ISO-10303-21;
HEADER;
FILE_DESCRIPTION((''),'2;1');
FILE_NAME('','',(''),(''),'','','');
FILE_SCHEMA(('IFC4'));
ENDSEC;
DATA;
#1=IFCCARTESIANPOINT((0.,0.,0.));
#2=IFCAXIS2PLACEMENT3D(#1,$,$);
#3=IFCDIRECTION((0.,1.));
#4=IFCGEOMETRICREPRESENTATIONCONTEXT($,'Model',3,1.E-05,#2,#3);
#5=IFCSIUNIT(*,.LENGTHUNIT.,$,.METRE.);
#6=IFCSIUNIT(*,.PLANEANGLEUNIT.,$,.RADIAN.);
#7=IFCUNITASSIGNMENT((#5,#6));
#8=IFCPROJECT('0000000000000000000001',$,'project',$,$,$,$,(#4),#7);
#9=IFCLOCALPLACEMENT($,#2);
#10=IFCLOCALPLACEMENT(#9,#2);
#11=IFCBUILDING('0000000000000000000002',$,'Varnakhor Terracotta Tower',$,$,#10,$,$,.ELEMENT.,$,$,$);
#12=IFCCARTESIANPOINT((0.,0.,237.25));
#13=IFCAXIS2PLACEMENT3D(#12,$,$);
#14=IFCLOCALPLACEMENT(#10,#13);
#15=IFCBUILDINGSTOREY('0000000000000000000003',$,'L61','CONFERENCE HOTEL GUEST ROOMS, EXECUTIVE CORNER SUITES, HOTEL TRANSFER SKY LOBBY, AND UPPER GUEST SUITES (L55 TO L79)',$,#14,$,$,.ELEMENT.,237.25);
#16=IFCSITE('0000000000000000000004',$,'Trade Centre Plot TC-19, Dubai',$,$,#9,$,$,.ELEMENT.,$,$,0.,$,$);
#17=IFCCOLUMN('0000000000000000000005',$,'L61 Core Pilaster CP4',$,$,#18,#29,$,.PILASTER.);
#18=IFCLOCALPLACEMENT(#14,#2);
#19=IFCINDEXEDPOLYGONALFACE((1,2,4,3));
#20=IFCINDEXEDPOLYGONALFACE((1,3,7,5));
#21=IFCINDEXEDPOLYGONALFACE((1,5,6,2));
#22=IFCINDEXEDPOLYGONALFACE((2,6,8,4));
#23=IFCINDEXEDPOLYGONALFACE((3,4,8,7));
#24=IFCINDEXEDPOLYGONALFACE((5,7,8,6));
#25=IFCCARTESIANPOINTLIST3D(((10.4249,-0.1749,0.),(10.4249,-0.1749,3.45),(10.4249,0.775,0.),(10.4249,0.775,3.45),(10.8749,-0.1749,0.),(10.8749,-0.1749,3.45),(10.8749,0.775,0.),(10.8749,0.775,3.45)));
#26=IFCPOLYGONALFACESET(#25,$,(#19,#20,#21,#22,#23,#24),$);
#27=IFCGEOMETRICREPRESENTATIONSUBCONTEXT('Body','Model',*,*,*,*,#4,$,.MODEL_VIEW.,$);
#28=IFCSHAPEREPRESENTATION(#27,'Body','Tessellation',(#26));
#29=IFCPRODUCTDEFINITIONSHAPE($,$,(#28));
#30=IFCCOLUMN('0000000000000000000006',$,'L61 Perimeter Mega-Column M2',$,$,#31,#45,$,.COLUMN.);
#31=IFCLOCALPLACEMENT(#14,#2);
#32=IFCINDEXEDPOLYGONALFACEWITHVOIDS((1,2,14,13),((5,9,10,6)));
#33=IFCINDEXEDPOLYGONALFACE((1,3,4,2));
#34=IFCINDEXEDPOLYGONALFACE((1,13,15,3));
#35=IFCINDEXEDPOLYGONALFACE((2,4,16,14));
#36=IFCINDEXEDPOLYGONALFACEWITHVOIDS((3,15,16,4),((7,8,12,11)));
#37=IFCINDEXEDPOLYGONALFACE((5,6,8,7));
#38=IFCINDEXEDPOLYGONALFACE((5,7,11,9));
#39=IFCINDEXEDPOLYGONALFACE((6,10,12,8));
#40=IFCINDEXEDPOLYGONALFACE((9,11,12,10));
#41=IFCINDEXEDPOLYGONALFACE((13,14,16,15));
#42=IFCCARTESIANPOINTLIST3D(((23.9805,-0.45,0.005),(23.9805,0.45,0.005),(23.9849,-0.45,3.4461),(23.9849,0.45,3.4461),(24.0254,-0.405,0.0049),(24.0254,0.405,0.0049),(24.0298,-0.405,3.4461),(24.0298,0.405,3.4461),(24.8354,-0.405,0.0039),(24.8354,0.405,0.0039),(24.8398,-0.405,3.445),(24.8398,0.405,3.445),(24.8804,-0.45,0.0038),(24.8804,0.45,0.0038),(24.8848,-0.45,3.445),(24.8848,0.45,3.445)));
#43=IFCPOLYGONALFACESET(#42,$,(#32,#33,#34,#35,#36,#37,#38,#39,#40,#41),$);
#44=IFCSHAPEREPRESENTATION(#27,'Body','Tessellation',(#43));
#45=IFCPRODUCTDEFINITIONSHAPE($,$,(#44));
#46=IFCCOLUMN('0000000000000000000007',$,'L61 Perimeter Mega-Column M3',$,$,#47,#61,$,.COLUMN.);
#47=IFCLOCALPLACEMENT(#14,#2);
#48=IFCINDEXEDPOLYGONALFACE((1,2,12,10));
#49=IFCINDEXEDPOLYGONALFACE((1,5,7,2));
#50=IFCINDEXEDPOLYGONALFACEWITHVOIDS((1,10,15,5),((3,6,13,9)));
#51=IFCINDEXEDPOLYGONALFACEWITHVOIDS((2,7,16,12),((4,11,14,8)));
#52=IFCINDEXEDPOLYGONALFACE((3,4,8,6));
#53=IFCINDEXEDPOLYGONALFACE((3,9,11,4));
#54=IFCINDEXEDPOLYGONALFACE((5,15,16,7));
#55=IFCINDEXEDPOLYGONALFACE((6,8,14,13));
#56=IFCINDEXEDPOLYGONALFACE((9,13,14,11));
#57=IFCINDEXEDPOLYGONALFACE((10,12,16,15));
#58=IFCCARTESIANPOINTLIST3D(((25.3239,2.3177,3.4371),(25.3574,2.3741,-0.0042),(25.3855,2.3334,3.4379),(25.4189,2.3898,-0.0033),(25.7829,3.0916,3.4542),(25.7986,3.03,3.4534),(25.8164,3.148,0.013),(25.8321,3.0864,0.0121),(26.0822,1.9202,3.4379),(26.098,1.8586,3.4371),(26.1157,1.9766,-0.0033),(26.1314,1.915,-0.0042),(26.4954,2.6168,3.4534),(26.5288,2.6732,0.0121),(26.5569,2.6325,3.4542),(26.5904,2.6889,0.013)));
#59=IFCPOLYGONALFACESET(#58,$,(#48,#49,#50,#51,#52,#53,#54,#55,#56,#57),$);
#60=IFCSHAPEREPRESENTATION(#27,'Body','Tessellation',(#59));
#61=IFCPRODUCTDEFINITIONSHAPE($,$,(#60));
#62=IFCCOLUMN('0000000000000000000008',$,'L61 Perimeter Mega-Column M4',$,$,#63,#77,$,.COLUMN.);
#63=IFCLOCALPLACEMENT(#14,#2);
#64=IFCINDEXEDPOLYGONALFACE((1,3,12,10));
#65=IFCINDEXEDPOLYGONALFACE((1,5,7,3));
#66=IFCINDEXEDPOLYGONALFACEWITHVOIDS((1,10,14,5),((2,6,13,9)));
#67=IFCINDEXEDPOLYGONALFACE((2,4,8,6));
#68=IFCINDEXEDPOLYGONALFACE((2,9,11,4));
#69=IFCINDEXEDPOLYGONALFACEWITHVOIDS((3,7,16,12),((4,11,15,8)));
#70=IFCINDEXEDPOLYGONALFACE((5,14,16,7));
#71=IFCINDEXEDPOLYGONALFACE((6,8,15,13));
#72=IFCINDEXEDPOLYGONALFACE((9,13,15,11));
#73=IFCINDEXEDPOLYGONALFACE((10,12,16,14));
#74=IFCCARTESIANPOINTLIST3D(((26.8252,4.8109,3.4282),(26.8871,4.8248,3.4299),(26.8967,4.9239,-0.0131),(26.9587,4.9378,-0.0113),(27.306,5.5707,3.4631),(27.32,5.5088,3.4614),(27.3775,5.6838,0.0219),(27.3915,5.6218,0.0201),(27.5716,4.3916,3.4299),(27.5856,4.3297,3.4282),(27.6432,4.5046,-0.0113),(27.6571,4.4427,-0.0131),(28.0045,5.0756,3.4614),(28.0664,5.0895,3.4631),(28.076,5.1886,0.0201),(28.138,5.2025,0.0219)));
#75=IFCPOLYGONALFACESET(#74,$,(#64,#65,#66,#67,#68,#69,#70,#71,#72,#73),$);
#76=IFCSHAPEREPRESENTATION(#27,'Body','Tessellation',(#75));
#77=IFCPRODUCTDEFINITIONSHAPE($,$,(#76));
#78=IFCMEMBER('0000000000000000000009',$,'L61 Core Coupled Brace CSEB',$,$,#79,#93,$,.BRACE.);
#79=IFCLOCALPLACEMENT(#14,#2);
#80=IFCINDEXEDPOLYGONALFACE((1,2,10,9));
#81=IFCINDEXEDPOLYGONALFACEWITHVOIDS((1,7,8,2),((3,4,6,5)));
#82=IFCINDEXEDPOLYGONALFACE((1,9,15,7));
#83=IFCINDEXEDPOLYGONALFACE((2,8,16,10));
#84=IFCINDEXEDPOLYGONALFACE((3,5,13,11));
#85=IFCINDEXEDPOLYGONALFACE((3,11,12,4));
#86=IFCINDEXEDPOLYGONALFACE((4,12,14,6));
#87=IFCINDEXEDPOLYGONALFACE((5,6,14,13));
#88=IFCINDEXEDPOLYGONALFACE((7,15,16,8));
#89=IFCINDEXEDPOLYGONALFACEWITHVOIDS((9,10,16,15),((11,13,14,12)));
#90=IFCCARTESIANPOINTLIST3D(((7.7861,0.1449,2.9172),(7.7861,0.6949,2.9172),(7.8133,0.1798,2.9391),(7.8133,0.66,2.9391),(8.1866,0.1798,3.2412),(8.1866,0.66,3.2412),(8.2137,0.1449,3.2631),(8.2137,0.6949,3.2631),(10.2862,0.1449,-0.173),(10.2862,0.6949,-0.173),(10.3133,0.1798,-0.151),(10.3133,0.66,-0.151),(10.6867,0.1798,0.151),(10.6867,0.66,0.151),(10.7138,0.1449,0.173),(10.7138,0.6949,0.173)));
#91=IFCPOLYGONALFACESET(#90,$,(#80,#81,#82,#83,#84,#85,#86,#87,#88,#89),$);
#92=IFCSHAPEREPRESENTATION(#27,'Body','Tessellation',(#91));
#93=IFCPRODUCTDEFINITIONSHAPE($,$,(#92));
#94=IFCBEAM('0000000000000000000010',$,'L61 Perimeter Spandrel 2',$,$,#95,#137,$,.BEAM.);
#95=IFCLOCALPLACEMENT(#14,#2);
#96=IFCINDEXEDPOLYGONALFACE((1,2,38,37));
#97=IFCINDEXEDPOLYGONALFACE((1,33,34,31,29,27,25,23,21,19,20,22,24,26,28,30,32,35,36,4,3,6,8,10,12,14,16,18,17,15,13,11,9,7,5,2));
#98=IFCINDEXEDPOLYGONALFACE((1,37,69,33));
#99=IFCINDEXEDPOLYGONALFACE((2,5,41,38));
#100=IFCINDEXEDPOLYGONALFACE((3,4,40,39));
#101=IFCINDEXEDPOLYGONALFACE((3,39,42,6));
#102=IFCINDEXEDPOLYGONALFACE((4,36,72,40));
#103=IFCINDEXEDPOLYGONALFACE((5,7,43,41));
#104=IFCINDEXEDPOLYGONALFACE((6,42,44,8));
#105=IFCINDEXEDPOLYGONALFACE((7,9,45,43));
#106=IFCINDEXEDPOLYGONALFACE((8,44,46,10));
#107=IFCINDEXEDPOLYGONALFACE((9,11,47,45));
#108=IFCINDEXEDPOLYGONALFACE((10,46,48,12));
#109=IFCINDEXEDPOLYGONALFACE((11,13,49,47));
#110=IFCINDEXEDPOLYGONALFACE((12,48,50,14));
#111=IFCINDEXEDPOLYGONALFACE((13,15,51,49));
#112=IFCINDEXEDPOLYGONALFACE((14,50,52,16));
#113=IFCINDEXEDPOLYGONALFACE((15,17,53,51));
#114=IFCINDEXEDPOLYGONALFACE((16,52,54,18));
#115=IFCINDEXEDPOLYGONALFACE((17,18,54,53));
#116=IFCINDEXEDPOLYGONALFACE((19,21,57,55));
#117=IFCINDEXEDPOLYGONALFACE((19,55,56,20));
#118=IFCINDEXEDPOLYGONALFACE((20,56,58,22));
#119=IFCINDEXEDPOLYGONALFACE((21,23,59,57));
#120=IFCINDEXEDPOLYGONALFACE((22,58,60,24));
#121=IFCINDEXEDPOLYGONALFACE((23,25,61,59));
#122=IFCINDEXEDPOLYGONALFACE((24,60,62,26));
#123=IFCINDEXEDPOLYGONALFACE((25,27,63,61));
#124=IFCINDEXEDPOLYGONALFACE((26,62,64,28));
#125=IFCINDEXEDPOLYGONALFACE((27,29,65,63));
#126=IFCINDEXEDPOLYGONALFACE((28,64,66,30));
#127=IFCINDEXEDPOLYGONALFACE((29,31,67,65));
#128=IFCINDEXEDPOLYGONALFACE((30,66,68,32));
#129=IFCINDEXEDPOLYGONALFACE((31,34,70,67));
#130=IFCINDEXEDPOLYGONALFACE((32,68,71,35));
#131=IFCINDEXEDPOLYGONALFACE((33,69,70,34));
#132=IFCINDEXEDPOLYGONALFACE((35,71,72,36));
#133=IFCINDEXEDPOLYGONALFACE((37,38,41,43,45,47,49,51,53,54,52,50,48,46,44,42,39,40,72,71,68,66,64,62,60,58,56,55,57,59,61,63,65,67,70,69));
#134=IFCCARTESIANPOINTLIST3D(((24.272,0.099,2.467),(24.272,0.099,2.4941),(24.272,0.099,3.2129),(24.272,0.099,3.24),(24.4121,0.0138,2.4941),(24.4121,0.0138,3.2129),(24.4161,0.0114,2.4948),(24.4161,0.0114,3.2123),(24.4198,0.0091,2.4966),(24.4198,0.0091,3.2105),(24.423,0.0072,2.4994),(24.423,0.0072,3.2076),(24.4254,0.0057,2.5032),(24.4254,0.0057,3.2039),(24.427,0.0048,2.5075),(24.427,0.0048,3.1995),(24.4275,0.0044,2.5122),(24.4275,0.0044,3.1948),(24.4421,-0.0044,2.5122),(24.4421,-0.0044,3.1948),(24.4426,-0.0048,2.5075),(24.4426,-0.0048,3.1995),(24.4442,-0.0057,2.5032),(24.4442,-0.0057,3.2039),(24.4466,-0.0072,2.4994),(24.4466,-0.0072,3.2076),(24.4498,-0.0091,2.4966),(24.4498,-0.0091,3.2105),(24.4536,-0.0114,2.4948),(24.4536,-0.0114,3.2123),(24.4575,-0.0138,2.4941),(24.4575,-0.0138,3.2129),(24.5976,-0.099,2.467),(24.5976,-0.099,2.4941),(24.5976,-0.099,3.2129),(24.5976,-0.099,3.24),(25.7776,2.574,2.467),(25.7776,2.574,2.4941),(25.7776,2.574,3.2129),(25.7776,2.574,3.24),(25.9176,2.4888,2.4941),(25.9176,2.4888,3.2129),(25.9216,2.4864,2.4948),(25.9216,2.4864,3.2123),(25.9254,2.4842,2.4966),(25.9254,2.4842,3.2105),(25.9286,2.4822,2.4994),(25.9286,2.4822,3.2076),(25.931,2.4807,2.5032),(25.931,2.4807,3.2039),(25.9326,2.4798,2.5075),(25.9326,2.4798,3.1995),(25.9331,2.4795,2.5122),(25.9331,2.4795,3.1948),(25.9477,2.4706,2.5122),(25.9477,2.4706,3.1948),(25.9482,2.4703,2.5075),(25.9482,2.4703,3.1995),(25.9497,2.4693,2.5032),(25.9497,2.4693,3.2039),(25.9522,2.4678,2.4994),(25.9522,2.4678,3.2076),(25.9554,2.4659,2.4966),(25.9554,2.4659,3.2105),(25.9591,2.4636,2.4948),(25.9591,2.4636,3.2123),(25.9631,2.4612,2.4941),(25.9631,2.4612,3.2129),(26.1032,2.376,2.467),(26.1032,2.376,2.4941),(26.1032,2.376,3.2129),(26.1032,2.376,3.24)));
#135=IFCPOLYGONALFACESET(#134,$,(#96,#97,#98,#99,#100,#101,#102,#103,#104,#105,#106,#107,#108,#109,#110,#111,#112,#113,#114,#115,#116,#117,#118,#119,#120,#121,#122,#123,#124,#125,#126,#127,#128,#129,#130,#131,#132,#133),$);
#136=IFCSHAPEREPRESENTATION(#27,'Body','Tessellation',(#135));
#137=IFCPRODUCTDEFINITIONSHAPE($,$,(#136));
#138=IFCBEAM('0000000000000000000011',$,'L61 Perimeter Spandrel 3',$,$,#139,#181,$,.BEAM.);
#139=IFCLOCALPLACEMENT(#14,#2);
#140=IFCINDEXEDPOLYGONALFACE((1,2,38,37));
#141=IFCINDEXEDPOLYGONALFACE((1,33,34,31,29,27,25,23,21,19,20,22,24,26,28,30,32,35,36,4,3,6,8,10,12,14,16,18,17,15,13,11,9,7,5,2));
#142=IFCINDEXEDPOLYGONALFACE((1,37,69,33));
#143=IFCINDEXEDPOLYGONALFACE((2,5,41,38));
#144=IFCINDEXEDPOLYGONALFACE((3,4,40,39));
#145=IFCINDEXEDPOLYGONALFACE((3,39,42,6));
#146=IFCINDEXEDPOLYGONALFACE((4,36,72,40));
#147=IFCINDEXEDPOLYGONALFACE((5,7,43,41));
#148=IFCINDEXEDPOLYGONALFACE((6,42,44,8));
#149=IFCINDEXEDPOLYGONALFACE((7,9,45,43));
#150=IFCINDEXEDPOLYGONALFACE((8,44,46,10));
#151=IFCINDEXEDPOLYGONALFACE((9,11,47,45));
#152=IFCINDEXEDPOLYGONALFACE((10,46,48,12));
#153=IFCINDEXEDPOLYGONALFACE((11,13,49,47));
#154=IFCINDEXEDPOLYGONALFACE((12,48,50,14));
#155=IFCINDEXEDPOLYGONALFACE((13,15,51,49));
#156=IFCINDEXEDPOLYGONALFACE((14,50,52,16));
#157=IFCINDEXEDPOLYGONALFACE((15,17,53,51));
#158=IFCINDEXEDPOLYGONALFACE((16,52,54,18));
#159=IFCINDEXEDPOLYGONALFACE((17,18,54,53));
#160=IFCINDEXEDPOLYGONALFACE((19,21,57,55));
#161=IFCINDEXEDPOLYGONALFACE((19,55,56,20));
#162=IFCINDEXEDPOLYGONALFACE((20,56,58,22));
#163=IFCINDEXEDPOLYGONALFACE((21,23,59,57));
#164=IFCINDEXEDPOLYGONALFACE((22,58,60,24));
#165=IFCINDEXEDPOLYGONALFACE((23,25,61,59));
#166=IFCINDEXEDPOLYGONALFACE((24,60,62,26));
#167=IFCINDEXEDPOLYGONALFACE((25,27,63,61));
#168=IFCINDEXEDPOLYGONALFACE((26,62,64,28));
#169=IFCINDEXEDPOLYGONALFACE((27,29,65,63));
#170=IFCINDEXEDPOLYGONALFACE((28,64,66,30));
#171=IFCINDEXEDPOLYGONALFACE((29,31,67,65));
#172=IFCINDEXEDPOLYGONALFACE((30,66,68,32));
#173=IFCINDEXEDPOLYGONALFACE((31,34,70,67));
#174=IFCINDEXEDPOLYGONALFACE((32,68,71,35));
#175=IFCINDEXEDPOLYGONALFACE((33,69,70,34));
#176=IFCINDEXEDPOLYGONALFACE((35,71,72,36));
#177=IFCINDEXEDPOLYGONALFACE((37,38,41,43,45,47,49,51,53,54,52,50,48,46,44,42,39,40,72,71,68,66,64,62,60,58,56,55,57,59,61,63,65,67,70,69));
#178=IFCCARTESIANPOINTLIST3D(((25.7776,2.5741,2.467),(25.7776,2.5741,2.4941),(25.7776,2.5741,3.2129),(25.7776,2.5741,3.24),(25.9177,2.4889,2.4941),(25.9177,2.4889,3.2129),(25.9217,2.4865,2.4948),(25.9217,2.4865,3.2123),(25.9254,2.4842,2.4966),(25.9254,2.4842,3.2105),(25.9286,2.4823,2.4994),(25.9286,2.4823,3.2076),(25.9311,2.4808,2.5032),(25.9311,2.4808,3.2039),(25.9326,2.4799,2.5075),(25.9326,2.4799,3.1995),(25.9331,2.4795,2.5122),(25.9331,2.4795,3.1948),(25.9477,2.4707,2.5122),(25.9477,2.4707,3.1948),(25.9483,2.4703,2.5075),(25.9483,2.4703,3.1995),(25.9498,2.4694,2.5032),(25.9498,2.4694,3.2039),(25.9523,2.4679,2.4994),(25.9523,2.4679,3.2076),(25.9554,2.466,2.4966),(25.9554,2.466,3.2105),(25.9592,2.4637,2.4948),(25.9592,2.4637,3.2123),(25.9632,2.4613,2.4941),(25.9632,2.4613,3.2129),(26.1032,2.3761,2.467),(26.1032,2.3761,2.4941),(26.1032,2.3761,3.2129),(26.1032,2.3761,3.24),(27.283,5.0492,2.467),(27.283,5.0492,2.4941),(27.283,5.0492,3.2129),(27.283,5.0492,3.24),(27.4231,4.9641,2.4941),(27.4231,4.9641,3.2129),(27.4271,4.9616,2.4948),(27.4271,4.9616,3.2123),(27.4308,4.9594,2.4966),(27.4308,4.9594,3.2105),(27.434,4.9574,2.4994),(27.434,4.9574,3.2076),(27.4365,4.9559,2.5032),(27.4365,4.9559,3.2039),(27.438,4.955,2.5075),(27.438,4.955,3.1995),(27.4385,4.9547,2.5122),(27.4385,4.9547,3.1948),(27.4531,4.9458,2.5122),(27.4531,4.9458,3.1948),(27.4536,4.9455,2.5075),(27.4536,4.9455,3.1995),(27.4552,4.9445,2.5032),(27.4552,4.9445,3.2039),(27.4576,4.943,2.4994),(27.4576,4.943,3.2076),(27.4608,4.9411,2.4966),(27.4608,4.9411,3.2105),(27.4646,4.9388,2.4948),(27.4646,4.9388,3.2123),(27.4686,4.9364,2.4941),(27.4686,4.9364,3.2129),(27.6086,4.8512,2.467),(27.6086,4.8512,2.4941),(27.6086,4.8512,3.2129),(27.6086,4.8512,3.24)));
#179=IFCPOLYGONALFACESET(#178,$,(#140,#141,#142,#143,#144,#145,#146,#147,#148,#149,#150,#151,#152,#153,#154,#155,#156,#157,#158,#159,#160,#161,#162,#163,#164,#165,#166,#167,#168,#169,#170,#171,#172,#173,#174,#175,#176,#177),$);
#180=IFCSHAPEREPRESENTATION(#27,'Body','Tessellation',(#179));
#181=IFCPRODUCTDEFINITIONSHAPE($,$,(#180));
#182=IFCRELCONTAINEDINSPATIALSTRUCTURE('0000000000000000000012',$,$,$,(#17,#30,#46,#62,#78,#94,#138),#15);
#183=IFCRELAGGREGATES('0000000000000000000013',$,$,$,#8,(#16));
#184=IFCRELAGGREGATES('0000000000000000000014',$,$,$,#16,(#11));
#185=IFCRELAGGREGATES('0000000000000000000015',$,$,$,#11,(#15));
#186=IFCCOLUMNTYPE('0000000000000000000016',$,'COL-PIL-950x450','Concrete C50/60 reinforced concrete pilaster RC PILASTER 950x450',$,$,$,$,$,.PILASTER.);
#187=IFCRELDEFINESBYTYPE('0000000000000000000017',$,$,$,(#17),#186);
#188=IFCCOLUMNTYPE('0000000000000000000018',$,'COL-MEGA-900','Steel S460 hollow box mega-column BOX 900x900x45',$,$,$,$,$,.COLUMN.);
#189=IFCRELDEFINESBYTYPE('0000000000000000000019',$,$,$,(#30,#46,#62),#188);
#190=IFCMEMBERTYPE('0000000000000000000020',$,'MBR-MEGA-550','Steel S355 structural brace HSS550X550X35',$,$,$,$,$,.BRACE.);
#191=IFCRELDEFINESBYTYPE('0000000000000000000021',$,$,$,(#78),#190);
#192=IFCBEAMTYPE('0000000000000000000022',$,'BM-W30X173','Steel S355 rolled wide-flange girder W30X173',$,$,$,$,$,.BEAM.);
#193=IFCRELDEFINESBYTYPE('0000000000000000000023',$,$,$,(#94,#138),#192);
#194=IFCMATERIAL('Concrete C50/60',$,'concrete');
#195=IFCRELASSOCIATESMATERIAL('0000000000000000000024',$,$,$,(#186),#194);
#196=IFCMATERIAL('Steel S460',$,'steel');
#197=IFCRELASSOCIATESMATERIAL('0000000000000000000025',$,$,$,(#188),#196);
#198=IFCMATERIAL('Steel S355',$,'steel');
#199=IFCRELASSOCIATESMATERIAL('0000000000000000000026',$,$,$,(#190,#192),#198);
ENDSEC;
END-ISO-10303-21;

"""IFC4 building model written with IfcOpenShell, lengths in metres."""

from ifc_helpers import new_model, si_unit, direction, frame, origin, origin_2d, place, context, subcontext, project, spatial, rectangle, hollow_rectangle, i_section, extrude, source, transform, mapped, material, material_profile, profile_set, type_object, element, save


model = new_model("IFC4")

# Units and contexts
model_context = context("Model", 3, precision=1e-05, world=origin(), true_north=direction((0.0, 1.0)))
body_context = subcontext(model_context, "Body", "Model", "MODEL_VIEW")
ifc_project = project(units=[si_unit("LENGTHUNIT", "METRE"), si_unit("PLANEANGLEUNIT", "RADIAN")], contexts=[model_context])

# Site, building, storey
site_placement = place(None, origin())
site = spatial("IfcSite", under=ifc_project, at=site_placement, Name="Trade Centre Plot TC-19, Dubai", CompositionType="ELEMENT", RefElevation=0.0)
building_placement = place(site_placement, origin())
building = spatial("IfcBuilding", under=site, at=building_placement, Name="Varnakhor Terracotta Tower", CompositionType="ELEMENT")
storey_placement = place(building_placement, frame((0.0, 0.0, 237.25)))
storey = spatial("IfcBuildingStorey", under=building, at=storey_placement, Name="L61", Description="CONFERENCE HOTEL GUEST ROOMS, EXECUTIVE CORNER SUITES, HOTEL TRANSFER SKY LOBBY, AND UPPER GUEST SUITES (L55 TO L79)", CompositionType="ELEMENT", Elevation=237.25)

# Columns
ifc_material_1 = material(Name="Concrete C50/60", Category="concrete")
ifc_material_profile_1 = material_profile(ifc_material_1, rectangle(XDim=0.45, YDim=0.95, at=origin_2d()), Name="RC PILASTER 950x450")
ifc_profile_set_1 = profile_set([ifc_material_profile_1], Name="Concrete C50/60")
column_type_1 = type_object("IfcColumnType", Name="COL-PIL-950x450", Description="Concrete C50/60 reinforced concrete pilaster RC PILASTER 950x450", PredefinedType="PILASTER", material=ifc_profile_set_1)
shared_shape_1 = source(origin(), body_context, "Body", "SweptSolid", [
    extrude(rectangle(XDim=0.45, YDim=0.95, at=origin_2d()), origin(), (0.0, 0.0, 1.0), 3.45),
])
column_1_placement = place(storey_placement, frame((10.6499, 0.3, 0.0), z_axis=(0.0, 0.0, 1.0), x_axis=(1.0, 0.0, 0.0)))
element("IfcColumn", 1, at=column_1_placement, inside=storey, type_object=column_type_1, Name="L61 Core Pilaster CP4", PredefinedType="PILASTER", context=body_context, shape_type="MappedRepresentation", body=[
    mapped(shared_shape_1, transform((0.0, 0.0, 0.0), scale=1.0)),
])
ifc_material_2 = material(Name="Steel S460", Category="steel")
ifc_material_profile_2 = material_profile(ifc_material_2, hollow_rectangle(XDim=0.8999, YDim=0.8999, WallThickness=0.0449, at=origin_2d()), Name="BOX 900x900x45")
ifc_profile_set_2 = profile_set([ifc_material_profile_2], Name="Steel S460")
column_type_2 = type_object("IfcColumnType", Name="COL-MEGA-900", Description="Steel S460 hollow box mega-column BOX 900x900x45", PredefinedType="COLUMN", material=ifc_profile_set_2)
shared_shape_2 = source(origin(), body_context, "Body", "SweptSolid", [
    extrude(hollow_rectangle(XDim=0.8999, YDim=0.8999, WallThickness=0.0449, at=origin_2d()), origin(), (0.0, 0.0, 1.0), 3.4412),
])
column_2_placement = place(storey_placement, frame((24.4304, 0.0, 0.0044), z_axis=(0.001277, 0.0, 0.999999), x_axis=(1.0, 0.0, 0.0)))
element("IfcColumn", 2, at=column_2_placement, inside=storey, type_object=column_type_2, Name="L61 Perimeter Mega-Column M2", PredefinedType="COLUMN", context=body_context, shape_type="MappedRepresentation", body=[
    mapped(shared_shape_2, transform((0.0, 0.0, 0.0), scale=1.0)),
])
shared_shape_3 = source(origin(), body_context, "Body", "SweptSolid", [
    extrude(hollow_rectangle(XDim=0.8999, YDim=0.8999, WallThickness=0.0449, at=origin_2d()), origin(), (0.0, 0.0, 1.0), 3.4419),
])
column_3_placement = place(storey_placement, frame((25.9739, 2.5315, 0.0044), z_axis=(-0.009718, -0.016386, 0.999819), x_axis=(0.86011, -0.510109, 0.0)))
element("IfcColumn", 3, at=column_3_placement, inside=storey, type_object=column_type_2, Name="L61 Perimeter Mega-Column M3", PredefinedType="COLUMN", context=body_context, shape_type="MappedRepresentation", body=[
    mapped(shared_shape_3, transform((0.0, 0.0, 0.0), scale=1.0)),
])
shared_shape_4 = source(origin(), body_context, "Body", "SweptSolid", [
    extrude(hollow_rectangle(XDim=0.8999, YDim=0.8999, WallThickness=0.0449, at=origin_2d()), origin(), (0.0, 0.0, 1.0), 3.4438),
])
column_4_placement = place(storey_placement, frame((27.5173, 5.0632, 0.0044), z_axis=(-0.020772, -0.032824, 0.999245), x_axis=(0.845012, -0.534748, 0.0)))
element("IfcColumn", 4, at=column_4_placement, inside=storey, type_object=column_type_2, Name="L61 Perimeter Mega-Column M4", PredefinedType="COLUMN", context=body_context, shape_type="MappedRepresentation", body=[
    mapped(shared_shape_4, transform((0.0, 0.0, 0.0), scale=1.0)),
])

# Member
ifc_material_3 = material(Name="Steel S355", Category="steel")
ifc_material_profile_3 = material_profile(ifc_material_3, hollow_rectangle(XDim=0.55, YDim=0.55, WallThickness=0.0349, at=origin_2d()), Name="HSS550X550X35")
ifc_profile_set_3 = profile_set([ifc_material_profile_3], Name="Steel S355")
member_type_1 = type_object("IfcMemberType", Name="MBR-MEGA-550", Description="Steel S355 structural brace HSS550X550X35", PredefinedType="BRACE", material=ifc_profile_set_3)
shared_shape_5 = source(origin(), body_context, "Body", "SweptSolid", [
    extrude(hollow_rectangle(XDim=0.55, YDim=0.55, WallThickness=0.0349, at=origin_2d()), origin(), (0.0, 0.0, 1.0), 3.9749),
])
member_1_placement = place(storey_placement, frame((10.5, 0.4199, 0.0), z_axis=(-0.62897, 0.0, 0.777429), x_axis=(0.0, -1.0, 0.0)))
element("IfcMember", 5, at=member_1_placement, inside=storey, type_object=member_type_1, Name="L61 Core Coupled Brace CSEB", PredefinedType="BRACE", context=body_context, shape_type="MappedRepresentation", body=[
    mapped(shared_shape_5, transform((0.0, 0.0, 0.0), scale=1.0)),
])

# Beams
ifc_material_profile_4 = material_profile(ifc_material_3, i_section(OverallWidth=0.3811, OverallDepth=0.7729, WebThickness=0.0171, FlangeThickness=0.0271, FilletRadius=0.0181, at=origin_2d()), Name="W30X173")
ifc_profile_set_4 = profile_set([ifc_material_profile_4], Name="Steel S355")
beam_type_1 = type_object("IfcBeamType", Name="BM-W30X173", Description="Steel S355 rolled wide-flange girder W30X173", PredefinedType="BEAM", material=ifc_profile_set_4)
shared_shape_6 = source(origin(), body_context, "Body", "SweptSolid", [
    extrude(i_section(OverallWidth=0.3811, OverallDepth=0.7729, WebThickness=0.0171, FlangeThickness=0.0271, FilletRadius=0.0181, at=origin_2d()), origin(), (0.0, 0.0, 1.0), 2.897),
])
for number, where, z_axis, x_axis, name in (
    (6, (24.4348, 0.0, 2.8535), (0.519704, 0.854347, 0.0), (-0.854347, 0.519704, 0.0), "L61 Perimeter Spandrel 2"),
    (7, (25.9404, 2.4751, 2.8535), (0.519642, 0.854384, 0.0), (-0.854384, 0.519642, 0.0), "L61 Perimeter Spandrel 3"),
):
    element("IfcBeam", number, at=place(storey_placement, frame(where, z_axis=z_axis, x_axis=x_axis)), inside=storey, type_object=beam_type_1, Name=name, PredefinedType="BEAM", context=body_context, shape_type="MappedRepresentation", body=[
        mapped(shared_shape_6, transform((0.0, 0.0, 0.0), scale=1.0)),
    ])

save(model, "model.ifc")
